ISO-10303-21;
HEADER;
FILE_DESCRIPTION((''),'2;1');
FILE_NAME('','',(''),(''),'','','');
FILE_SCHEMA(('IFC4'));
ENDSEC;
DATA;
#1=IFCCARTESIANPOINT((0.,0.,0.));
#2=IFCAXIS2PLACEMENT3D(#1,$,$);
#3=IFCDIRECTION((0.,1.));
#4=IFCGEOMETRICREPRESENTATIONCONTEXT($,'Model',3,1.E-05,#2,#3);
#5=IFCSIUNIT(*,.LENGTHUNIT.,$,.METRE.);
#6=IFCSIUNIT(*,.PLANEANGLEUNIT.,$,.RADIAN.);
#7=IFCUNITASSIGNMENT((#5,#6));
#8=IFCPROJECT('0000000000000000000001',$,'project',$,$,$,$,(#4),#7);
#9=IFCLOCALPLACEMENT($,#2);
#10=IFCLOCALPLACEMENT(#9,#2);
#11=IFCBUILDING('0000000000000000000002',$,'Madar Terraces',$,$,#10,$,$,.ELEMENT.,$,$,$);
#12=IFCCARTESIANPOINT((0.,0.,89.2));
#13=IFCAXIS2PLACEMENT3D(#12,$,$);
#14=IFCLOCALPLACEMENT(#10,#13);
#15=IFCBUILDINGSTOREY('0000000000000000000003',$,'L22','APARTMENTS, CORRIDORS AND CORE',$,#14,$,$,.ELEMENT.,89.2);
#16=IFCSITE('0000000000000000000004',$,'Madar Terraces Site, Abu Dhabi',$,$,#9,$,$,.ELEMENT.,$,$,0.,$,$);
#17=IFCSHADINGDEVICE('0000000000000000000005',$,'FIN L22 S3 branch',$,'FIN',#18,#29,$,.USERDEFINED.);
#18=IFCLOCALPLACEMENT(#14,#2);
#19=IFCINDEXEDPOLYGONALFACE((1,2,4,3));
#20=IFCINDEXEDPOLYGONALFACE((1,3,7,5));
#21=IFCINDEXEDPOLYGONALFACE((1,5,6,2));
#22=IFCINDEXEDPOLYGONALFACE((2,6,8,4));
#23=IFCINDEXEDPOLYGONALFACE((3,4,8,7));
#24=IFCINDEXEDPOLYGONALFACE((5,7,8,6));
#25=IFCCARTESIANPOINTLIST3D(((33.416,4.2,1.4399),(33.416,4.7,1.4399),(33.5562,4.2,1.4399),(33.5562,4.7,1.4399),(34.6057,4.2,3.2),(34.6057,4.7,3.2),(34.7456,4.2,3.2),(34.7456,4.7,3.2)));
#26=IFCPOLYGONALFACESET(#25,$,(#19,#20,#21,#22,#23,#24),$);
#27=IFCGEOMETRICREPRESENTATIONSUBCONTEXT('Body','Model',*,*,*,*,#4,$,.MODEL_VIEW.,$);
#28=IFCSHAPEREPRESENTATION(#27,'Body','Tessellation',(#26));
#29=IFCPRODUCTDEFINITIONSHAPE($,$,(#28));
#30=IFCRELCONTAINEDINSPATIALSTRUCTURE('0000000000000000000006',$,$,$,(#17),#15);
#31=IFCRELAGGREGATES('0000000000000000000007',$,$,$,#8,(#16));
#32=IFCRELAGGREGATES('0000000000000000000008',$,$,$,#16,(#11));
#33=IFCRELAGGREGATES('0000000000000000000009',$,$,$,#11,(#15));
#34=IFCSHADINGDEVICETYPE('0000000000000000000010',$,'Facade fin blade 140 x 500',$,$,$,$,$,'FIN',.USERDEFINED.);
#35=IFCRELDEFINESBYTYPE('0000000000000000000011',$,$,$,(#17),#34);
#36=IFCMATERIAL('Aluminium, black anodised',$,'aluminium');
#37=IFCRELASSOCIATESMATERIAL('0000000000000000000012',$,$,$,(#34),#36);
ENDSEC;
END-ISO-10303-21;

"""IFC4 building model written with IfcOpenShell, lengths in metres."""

from ifc_helpers import new_model, si_unit, direction, frame, origin, place, context, subcontext, project, spatial, polyline, outline, extrude, material, type_object, element, save


model = new_model("IFC4")

# Units and contexts
model_context = context("Model", 3, precision=1e-05, world=origin(), true_north=direction((0.0, 1.0)))
body_context = subcontext(model_context, "Body", "Model", "MODEL_VIEW")
ifc_project = project(units=[si_unit("LENGTHUNIT", "METRE"), si_unit("PLANEANGLEUNIT", "RADIAN")], contexts=[model_context])

# Site, building, storey
site_placement = place(None, origin())
site = spatial("IfcSite", under=ifc_project, at=site_placement, Name="Madar Terraces Site, Abu Dhabi", CompositionType="ELEMENT", RefElevation=0.0)
building_placement = place(site_placement, origin())
building = spatial("IfcBuilding", under=site, at=building_placement, Name="Madar Terraces", CompositionType="ELEMENT")
storey_placement = place(building_placement, frame((0.0, 0.0, 89.2)))
storey = spatial("IfcBuildingStorey", under=building, at=storey_placement, Name="L22", Description="APARTMENTS, CORRIDORS AND CORE", CompositionType="ELEMENT", Elevation=89.2)

# Shading device
ifc_material_1 = material(Name="Aluminium, black anodised", Category="aluminium")
shading_device_type = type_object("IfcShadingDeviceType", Name="Facade fin blade 140 x 500", ElementType="FIN", PredefinedType="USERDEFINED", material=ifc_material_1)
shading_device_1_placement = place(storey_placement, frame((33.416, 4.45, 1.4399), z_axis=(0.0, 0.0, 1.0), x_axis=(1.0, 0.0, 0.0)))
element("IfcShadingDevice", 1, at=shading_device_1_placement, inside=storey, type_object=shading_device_type, Name="FIN L22 S3 branch", ObjectType="FIN", PredefinedType="USERDEFINED", context=body_context, shape_type="SweptSolid", body=[
    extrude(outline(polyline([(0.0, 0.0), (0.1401, 0.0), (1.3296, 1.76), (1.1897, 1.76), (0.0, 0.0)])), frame((0.0, 0.25, 0.0), z_axis=(0.0, -1.0, 0.0), x_axis=(1.0, 0.0, 0.0)), (0.0, 0.0, 1.0), 0.5),
])

save(model, "model.ifc")
